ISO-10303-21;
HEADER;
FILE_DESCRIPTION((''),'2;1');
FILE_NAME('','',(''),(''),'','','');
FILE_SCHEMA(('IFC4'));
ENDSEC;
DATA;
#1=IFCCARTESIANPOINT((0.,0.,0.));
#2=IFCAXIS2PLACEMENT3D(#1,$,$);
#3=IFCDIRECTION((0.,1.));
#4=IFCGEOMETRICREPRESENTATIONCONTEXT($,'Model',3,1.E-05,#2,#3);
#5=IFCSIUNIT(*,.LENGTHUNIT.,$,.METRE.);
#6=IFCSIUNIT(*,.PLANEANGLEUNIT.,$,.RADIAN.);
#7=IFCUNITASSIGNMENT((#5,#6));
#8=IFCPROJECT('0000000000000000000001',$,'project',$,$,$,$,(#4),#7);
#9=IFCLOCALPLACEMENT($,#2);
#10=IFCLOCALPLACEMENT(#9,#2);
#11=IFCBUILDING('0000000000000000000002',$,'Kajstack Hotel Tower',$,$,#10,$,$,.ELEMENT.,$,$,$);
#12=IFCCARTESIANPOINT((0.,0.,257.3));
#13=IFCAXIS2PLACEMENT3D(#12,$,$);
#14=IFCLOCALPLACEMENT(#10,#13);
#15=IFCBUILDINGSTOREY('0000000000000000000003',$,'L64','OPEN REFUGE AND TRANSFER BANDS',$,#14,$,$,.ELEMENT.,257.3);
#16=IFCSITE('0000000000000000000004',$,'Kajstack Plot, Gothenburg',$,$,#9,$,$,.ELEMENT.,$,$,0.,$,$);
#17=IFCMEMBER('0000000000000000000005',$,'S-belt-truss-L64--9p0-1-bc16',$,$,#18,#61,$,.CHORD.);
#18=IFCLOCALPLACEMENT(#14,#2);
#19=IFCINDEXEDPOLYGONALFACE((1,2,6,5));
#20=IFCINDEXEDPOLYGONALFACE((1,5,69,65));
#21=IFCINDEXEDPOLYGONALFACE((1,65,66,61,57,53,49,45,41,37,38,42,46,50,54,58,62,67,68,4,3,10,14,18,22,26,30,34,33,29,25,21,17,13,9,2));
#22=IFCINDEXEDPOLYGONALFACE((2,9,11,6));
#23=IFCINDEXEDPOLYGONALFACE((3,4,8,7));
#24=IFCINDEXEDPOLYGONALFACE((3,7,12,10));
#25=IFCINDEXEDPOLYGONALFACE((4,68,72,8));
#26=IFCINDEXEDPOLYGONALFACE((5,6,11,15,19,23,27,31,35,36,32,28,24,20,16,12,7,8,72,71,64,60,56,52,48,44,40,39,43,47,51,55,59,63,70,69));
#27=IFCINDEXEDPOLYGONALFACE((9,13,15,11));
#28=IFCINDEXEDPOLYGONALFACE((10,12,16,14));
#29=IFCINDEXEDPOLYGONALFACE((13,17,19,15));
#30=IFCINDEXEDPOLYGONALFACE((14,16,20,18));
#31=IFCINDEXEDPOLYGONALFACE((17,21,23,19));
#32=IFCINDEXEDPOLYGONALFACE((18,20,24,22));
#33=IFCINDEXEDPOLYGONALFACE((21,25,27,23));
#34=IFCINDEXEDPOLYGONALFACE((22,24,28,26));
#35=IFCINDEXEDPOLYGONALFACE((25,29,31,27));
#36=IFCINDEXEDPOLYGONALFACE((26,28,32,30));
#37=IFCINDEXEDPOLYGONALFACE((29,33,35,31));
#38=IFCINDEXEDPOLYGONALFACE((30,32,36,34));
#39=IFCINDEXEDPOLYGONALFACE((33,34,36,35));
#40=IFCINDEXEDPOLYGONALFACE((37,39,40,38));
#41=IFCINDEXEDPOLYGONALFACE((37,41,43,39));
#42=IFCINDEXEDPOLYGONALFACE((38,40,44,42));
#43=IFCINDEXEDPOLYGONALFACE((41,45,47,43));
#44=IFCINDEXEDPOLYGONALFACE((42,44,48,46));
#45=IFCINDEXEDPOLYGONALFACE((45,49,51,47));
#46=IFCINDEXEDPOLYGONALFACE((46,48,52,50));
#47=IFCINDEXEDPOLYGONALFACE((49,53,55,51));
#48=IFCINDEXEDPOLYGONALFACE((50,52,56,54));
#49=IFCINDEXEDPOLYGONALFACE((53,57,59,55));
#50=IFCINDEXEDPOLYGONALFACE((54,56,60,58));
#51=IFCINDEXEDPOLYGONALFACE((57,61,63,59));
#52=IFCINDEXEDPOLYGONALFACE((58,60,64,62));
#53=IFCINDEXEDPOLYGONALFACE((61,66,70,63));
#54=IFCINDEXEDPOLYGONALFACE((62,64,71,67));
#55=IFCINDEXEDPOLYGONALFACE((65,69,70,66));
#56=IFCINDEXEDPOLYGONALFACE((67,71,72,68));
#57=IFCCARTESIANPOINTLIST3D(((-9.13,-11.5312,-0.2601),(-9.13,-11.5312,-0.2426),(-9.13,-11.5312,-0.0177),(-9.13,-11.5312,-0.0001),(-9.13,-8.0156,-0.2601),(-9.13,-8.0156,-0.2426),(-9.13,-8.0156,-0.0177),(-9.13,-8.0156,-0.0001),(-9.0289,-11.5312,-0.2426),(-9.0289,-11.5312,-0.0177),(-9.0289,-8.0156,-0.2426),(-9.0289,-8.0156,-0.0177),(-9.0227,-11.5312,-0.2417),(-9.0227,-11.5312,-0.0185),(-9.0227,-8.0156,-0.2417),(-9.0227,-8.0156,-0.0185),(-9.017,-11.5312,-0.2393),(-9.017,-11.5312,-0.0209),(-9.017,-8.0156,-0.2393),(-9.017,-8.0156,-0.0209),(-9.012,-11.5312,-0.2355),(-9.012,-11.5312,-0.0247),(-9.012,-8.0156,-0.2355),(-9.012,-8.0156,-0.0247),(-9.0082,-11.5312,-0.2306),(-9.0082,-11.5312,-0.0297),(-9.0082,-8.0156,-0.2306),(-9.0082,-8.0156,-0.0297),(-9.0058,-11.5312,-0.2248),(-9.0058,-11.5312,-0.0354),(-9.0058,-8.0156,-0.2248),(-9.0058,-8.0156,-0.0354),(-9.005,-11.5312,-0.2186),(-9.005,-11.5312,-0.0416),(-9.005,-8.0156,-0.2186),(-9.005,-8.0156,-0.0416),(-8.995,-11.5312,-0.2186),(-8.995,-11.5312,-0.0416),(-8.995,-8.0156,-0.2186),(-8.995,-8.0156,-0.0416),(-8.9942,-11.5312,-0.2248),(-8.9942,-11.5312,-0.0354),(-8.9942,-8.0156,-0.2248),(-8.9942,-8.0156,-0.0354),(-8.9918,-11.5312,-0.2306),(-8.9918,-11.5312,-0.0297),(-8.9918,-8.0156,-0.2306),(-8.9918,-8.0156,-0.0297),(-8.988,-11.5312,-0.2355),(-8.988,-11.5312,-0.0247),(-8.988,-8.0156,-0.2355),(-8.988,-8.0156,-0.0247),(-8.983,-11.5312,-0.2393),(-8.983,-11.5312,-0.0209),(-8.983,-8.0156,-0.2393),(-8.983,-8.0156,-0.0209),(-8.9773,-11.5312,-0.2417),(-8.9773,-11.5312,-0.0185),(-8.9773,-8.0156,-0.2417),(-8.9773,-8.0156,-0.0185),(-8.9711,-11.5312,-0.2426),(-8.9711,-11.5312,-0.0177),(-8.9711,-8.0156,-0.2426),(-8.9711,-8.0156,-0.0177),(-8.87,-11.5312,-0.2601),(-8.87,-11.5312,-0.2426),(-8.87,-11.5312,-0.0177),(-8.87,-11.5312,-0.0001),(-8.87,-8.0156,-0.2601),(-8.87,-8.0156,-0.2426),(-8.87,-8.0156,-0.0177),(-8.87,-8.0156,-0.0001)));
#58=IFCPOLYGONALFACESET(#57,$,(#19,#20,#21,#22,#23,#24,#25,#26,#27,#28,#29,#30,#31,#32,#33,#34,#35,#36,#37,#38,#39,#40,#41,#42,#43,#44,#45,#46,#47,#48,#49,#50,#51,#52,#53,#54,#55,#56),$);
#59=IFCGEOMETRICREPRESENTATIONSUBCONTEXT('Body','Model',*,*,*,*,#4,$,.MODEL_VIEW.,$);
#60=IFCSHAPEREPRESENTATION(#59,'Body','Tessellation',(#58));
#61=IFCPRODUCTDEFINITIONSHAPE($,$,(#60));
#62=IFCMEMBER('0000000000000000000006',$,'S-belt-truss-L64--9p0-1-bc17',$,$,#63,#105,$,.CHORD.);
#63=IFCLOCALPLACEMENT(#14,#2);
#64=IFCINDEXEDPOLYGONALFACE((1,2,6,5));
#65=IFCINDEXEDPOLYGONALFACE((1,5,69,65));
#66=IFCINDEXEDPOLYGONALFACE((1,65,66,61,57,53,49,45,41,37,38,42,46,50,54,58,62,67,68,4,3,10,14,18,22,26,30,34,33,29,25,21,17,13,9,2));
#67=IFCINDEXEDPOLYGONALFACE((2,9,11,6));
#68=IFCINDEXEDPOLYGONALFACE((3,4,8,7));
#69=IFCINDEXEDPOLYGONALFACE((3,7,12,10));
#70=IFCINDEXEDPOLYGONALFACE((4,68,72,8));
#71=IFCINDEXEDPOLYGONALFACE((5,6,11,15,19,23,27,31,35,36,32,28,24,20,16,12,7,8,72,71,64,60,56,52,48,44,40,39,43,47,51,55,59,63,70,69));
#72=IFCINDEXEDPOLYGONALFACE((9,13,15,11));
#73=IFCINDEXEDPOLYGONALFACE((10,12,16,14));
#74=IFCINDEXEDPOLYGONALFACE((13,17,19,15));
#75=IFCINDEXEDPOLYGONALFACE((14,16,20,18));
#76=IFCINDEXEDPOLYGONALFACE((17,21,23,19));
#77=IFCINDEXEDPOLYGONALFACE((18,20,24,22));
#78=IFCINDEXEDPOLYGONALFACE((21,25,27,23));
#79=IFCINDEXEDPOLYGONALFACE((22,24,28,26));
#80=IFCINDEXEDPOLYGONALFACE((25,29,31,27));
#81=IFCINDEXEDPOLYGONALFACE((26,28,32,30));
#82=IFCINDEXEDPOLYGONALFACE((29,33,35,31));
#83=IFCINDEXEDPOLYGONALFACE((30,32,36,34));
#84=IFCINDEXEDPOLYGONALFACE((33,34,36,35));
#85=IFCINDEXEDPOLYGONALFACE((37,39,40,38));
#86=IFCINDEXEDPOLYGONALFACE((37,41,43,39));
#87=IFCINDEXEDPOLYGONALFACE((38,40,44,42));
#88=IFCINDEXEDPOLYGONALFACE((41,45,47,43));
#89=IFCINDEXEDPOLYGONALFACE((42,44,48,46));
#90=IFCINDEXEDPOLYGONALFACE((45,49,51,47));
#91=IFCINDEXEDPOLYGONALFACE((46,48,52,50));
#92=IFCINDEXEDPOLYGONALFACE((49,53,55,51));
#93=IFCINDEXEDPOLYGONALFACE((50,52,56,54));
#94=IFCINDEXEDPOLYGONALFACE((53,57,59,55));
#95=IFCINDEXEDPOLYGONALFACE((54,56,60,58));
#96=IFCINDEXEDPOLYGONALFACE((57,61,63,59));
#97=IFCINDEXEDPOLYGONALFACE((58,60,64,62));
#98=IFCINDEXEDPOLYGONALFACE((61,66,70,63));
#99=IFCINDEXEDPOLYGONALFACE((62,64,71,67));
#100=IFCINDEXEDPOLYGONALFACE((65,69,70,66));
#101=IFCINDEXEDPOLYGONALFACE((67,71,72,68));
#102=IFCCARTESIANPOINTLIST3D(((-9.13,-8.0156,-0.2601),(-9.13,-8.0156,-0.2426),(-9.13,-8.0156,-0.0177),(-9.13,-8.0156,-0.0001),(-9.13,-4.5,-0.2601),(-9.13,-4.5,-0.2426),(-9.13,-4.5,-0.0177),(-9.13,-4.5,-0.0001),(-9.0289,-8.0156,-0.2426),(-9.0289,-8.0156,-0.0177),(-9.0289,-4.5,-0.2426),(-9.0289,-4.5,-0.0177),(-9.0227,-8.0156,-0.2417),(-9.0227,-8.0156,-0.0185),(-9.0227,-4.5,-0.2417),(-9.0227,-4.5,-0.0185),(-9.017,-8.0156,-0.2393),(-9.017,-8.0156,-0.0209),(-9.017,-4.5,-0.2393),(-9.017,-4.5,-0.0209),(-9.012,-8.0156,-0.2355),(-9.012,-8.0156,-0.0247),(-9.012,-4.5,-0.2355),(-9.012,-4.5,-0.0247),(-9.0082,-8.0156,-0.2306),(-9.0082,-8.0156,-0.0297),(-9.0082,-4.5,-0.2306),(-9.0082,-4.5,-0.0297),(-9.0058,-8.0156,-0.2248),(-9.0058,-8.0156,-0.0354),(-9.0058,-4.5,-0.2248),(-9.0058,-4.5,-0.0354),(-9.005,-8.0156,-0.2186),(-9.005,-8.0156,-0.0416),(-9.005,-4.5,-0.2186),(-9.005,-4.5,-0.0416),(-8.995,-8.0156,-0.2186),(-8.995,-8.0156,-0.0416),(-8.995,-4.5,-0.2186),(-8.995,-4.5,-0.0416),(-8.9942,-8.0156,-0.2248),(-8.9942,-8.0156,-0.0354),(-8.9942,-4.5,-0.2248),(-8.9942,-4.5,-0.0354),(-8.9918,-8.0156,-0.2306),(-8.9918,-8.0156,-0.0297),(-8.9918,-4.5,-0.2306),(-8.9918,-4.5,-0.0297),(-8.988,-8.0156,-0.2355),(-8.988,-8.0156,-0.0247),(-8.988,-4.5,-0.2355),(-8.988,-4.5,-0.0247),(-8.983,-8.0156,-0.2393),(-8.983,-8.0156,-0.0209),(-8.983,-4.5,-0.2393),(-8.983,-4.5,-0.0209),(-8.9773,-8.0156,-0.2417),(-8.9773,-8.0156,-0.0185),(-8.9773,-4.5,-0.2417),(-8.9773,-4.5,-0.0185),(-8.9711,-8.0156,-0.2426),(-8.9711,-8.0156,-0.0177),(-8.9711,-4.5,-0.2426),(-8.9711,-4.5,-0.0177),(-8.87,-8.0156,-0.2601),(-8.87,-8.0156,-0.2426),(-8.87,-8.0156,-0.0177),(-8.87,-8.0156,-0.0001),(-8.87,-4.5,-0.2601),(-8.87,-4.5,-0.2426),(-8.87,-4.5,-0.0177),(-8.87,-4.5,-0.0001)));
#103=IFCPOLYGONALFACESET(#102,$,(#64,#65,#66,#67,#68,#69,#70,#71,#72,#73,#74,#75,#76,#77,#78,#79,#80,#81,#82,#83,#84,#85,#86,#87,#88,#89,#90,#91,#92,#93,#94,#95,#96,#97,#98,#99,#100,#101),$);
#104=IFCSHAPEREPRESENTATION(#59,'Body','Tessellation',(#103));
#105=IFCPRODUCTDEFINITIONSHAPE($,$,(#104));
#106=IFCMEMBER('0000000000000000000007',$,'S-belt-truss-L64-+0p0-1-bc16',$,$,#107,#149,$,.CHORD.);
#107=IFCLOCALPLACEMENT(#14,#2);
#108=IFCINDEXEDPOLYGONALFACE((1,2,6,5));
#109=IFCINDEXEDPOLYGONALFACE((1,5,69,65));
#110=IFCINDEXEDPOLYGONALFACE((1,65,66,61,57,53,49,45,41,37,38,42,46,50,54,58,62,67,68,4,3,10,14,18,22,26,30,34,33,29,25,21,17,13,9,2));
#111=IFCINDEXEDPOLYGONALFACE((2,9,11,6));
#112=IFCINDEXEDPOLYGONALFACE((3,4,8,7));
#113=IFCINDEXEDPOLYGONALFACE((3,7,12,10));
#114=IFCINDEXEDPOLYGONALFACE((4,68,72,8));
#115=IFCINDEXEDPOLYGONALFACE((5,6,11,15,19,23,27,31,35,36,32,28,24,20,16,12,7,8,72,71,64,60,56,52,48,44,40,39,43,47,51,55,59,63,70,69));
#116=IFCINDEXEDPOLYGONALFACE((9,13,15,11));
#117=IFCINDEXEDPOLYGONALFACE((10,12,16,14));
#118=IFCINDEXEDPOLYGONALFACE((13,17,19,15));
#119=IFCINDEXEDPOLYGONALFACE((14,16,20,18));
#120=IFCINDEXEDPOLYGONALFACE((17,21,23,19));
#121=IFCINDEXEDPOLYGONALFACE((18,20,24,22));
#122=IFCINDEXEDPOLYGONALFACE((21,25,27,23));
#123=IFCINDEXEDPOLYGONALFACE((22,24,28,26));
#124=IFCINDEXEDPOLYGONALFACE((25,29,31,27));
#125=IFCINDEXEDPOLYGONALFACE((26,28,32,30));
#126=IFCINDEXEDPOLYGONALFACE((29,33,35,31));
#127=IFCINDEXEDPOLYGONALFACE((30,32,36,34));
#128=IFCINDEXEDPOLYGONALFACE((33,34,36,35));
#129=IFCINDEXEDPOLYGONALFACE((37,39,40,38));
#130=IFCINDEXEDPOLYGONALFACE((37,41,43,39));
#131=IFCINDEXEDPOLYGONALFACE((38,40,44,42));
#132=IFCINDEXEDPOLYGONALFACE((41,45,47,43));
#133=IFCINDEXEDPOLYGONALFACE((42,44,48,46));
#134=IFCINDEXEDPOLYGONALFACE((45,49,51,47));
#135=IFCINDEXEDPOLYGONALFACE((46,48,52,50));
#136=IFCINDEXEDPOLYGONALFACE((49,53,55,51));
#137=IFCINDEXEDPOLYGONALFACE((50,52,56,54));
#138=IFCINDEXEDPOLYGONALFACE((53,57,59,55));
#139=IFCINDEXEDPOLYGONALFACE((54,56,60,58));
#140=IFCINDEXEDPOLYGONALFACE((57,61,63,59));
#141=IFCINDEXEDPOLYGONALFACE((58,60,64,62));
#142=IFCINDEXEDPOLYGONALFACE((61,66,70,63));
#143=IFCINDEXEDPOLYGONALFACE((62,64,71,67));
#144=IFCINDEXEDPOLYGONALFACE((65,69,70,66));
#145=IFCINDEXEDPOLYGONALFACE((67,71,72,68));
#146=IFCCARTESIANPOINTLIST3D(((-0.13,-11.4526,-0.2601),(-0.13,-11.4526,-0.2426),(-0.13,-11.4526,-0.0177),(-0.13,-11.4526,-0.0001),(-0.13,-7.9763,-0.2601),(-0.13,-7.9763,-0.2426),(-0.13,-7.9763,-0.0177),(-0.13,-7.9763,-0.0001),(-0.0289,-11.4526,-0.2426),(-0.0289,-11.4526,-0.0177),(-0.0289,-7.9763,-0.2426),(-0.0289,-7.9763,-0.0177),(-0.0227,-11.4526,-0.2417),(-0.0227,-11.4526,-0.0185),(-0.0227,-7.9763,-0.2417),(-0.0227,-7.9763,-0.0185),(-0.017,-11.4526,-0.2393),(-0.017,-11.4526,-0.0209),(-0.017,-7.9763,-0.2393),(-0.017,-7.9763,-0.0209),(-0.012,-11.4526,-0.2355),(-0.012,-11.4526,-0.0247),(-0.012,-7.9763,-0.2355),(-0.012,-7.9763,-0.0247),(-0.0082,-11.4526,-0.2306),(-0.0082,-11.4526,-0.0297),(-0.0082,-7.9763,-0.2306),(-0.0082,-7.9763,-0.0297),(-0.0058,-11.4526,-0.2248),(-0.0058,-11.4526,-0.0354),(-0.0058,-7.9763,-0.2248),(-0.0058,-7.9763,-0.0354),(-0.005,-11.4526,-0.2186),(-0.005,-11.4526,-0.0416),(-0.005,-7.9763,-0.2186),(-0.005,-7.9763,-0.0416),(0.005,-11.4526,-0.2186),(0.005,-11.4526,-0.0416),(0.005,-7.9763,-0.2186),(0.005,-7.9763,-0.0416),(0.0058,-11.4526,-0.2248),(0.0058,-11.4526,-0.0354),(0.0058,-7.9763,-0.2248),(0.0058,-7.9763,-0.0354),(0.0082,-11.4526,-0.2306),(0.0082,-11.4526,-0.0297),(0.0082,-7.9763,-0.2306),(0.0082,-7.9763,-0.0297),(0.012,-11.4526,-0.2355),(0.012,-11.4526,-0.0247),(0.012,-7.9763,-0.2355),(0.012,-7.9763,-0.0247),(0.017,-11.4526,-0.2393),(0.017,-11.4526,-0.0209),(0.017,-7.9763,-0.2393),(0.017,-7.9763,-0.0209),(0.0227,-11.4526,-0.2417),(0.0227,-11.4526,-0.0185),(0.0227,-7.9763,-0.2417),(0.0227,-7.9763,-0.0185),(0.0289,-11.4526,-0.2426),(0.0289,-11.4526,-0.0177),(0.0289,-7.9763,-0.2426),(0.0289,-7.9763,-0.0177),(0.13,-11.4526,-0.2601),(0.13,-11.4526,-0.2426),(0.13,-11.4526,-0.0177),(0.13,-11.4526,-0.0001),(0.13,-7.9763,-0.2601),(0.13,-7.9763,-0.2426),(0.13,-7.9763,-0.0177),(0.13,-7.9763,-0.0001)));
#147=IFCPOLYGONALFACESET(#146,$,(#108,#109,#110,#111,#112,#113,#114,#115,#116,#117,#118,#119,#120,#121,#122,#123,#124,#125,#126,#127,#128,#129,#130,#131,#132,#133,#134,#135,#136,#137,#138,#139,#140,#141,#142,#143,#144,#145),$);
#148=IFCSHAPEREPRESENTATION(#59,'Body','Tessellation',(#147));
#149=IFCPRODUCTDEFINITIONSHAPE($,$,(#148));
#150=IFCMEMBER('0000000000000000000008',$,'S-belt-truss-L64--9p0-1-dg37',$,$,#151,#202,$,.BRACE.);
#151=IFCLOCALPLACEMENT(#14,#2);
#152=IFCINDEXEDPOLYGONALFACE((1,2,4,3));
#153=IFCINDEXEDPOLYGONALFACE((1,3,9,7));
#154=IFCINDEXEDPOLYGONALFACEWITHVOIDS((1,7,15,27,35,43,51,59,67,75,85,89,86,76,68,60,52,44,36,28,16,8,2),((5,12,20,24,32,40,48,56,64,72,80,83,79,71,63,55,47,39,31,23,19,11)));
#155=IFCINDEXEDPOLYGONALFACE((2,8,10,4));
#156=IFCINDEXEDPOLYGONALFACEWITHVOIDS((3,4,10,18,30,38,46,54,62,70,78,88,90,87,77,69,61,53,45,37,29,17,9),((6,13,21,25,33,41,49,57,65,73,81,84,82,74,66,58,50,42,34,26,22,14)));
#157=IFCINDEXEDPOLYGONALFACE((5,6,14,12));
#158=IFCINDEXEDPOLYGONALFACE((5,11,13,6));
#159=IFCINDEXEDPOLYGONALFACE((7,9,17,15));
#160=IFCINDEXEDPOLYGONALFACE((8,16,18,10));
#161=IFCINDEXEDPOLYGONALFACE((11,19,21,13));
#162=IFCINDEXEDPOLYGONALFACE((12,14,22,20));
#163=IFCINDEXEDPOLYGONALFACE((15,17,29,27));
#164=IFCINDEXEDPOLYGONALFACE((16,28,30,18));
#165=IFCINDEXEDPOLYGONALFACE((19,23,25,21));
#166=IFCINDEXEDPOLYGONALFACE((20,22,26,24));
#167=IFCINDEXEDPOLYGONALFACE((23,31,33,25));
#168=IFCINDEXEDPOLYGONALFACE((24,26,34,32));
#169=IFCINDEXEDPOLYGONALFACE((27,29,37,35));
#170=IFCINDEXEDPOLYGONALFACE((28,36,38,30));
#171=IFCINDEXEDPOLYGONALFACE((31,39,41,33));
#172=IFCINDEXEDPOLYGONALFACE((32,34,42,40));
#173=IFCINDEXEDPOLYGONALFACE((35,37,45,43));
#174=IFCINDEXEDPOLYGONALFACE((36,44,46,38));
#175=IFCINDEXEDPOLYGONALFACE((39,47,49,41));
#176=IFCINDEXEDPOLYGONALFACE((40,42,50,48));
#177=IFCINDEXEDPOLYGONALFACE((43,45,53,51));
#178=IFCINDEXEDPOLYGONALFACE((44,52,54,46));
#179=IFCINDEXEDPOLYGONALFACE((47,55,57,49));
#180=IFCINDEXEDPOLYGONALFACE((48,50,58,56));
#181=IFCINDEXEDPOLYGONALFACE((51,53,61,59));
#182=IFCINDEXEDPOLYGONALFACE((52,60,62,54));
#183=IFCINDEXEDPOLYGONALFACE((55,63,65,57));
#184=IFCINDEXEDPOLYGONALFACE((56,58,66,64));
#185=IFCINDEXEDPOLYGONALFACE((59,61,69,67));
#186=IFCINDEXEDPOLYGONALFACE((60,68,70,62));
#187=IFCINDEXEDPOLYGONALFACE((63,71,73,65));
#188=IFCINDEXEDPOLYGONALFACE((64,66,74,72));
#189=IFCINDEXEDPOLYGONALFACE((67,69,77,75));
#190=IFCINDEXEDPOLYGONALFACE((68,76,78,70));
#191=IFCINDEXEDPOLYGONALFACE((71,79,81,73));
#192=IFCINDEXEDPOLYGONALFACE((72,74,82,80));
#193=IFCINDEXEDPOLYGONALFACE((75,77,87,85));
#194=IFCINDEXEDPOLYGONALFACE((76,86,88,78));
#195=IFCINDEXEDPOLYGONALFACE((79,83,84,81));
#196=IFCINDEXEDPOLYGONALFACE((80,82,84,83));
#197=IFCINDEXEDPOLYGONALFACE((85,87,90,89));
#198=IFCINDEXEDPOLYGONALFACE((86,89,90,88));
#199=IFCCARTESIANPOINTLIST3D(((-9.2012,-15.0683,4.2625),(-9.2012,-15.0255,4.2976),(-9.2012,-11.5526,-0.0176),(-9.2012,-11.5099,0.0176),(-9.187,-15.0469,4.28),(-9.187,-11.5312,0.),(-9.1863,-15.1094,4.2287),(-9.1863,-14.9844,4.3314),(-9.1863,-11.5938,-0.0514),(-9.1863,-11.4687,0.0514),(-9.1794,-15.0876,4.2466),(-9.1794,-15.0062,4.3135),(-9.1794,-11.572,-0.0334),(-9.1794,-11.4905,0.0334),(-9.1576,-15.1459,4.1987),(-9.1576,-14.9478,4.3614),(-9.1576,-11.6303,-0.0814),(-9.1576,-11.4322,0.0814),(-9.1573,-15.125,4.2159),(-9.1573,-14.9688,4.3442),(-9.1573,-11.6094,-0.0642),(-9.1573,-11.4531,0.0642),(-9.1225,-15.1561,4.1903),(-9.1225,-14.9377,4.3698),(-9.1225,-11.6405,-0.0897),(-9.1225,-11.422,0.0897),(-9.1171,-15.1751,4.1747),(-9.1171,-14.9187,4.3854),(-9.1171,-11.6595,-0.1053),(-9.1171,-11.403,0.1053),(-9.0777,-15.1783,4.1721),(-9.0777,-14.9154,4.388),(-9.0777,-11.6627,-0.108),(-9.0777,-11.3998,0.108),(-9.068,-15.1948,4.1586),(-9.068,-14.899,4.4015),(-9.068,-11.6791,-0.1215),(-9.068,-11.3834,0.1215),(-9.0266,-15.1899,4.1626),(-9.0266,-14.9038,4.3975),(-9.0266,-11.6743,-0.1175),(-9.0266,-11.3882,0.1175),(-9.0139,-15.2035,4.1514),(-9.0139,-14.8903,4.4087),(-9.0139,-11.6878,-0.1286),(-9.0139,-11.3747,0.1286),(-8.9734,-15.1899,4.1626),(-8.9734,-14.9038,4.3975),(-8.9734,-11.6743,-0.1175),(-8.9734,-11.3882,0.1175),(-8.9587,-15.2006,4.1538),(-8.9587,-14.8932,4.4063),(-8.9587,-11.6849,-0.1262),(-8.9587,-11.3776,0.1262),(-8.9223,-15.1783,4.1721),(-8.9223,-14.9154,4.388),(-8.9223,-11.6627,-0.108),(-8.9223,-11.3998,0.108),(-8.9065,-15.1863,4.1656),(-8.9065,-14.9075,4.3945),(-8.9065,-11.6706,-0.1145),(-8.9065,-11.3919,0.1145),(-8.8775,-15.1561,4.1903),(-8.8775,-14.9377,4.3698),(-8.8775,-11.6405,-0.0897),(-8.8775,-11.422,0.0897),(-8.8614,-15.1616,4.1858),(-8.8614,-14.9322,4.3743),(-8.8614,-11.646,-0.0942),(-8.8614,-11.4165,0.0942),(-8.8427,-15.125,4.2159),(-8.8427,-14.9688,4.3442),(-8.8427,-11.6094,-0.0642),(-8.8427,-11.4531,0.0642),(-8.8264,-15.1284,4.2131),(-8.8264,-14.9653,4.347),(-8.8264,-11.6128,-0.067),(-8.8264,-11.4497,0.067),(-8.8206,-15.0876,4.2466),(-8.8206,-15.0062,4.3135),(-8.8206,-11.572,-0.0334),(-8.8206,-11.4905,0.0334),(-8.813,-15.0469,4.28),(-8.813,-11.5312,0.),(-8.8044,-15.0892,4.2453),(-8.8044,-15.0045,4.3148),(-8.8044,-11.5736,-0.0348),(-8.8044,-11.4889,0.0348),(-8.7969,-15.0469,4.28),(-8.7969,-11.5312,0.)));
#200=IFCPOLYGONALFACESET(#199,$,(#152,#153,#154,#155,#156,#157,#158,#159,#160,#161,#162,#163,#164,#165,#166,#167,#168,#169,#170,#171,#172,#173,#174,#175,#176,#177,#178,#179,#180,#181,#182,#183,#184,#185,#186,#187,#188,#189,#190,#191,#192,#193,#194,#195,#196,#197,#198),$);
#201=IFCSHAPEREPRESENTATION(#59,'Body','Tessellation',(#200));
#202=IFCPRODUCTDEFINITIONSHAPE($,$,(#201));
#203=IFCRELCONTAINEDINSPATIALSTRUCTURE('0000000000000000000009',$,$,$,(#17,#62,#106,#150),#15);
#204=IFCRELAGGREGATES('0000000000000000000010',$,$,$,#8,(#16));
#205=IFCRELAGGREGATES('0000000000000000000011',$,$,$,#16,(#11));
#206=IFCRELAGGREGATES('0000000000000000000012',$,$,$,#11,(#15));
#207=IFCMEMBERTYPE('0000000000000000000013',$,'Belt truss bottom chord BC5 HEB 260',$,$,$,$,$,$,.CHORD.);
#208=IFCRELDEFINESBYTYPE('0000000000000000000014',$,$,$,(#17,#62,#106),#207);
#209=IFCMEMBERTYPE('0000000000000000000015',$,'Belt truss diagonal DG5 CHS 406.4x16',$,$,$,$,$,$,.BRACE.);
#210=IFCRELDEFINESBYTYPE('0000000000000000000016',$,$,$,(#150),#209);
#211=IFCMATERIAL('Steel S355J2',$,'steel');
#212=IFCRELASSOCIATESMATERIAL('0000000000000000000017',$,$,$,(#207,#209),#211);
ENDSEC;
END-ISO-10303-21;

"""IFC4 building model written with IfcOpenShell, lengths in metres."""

from ifc_helpers import new_model, si_unit, direction, frame, origin, origin_2d, place, context, subcontext, project, spatial, hollow_circle, i_section, extrude, material, material_profile, profile_set, type_object, element, save


model = new_model("IFC4")

# Units and contexts
model_context = context("Model", 3, precision=1e-05, world=origin(), true_north=direction((0.0, 1.0)))
body_context = subcontext(model_context, "Body", "Model", "MODEL_VIEW")
ifc_project = project(units=[si_unit("LENGTHUNIT", "METRE"), si_unit("PLANEANGLEUNIT", "RADIAN")], contexts=[model_context])

# Site, building, storey
site_placement = place(None, origin())
site = spatial("IfcSite", under=ifc_project, at=site_placement, Name="Kajstack Plot, Gothenburg", CompositionType="ELEMENT", RefElevation=0.0)
building_placement = place(site_placement, origin())
building = spatial("IfcBuilding", under=site, at=building_placement, Name="Kajstack Hotel Tower", CompositionType="ELEMENT")
storey_placement = place(building_placement, frame((0.0, 0.0, 257.3)))
storey = spatial("IfcBuildingStorey", under=building, at=storey_placement, Name="L64", Description="OPEN REFUGE AND TRANSFER BANDS", CompositionType="ELEMENT", Elevation=257.3)

# Members
ifc_material_1 = material(Name="Steel S355J2", Category="steel")
ifc_material_profile_1 = material_profile(ifc_material_1, i_section(OverallWidth=0.26, OverallDepth=0.26, WebThickness=0.01, FlangeThickness=0.0176, FilletRadius=0.0239, at=origin_2d()), Name="HEB 260")
ifc_profile_set_1 = profile_set([ifc_material_profile_1], Name="Steel S355J2")
member_type_1 = type_object("IfcMemberType", Name="Belt truss bottom chord BC5 HEB 260", PredefinedType="CHORD", material=ifc_profile_set_1)
for number, where, z_axis, x_axis, name in (
    (1, (-9.0, -11.5312, -0.1301), (0.0, 1.0, 0.0), (-1.0, 0.0, 0.0), "S-belt-truss-L64--9p0-1-bc16"),
    (2, (-9.0, -8.0156, -0.1301), (0.0, 1.0, 0.0), (-1.0, 0.0, 0.0), "S-belt-truss-L64--9p0-1-bc17"),
):
    element("IfcMember", number, at=place(storey_placement, frame(where, z_axis=z_axis, x_axis=x_axis)), inside=storey, type_object=member_type_1, Name=name, PredefinedType="CHORD", context=body_context, shape_type="SweptSolid", body=[
        extrude(i_section(OverallWidth=0.26, OverallDepth=0.26, WebThickness=0.01, FlangeThickness=0.0176, FilletRadius=0.0239, at=origin_2d()), origin(), (0.0, 0.0, 1.0), 3.5156),
    ])
member_1_placement = place(storey_placement, frame((0.0, -11.4526, -0.1301), z_axis=(0.0, 1.0, 0.0), x_axis=(-1.0, 0.0, 0.0)))
element("IfcMember", 3, at=member_1_placement, inside=storey, type_object=member_type_1, Name="S-belt-truss-L64-+0p0-1-bc16", PredefinedType="CHORD", context=body_context, shape_type="SweptSolid", body=[
    extrude(i_section(OverallWidth=0.26, OverallDepth=0.26, WebThickness=0.01, FlangeThickness=0.0176, FilletRadius=0.0239, at=origin_2d()), origin(), (0.0, 0.0, 1.0), 3.4763),
])
ifc_material_profile_2 = material_profile(ifc_material_1, hollow_circle(Radius=0.2031, WallThickness=0.0161, at=origin_2d()), Name="CHS 406.4x16")
ifc_profile_set_2 = profile_set([ifc_material_profile_2], Name="Steel S355J2")
member_type_2 = type_object("IfcMemberType", Name="Belt truss diagonal DG5 CHS 406.4x16", PredefinedType="BRACE", material=ifc_profile_set_2)
for number, where, z_axis, x_axis, name in (
    (4, (-9.0, -11.5312, 0.0), (0.0, -0.634727, 0.772736), (1.0, 0.0, 0.0), "S-belt-truss-L64--9p0-1-dg37"),
):
    element("IfcMember", number, at=place(storey_placement, frame(where, z_axis=z_axis, x_axis=x_axis)), inside=storey, type_object=member_type_2, Name=name, PredefinedType="BRACE", context=body_context, shape_type="SweptSolid", body=[
        extrude(hollow_circle(Radius=0.2031, WallThickness=0.0161, at=origin_2d()), origin(), (0.0, 0.0, 1.0), 5.5388),
    ])

save(model, "model.ifc")
